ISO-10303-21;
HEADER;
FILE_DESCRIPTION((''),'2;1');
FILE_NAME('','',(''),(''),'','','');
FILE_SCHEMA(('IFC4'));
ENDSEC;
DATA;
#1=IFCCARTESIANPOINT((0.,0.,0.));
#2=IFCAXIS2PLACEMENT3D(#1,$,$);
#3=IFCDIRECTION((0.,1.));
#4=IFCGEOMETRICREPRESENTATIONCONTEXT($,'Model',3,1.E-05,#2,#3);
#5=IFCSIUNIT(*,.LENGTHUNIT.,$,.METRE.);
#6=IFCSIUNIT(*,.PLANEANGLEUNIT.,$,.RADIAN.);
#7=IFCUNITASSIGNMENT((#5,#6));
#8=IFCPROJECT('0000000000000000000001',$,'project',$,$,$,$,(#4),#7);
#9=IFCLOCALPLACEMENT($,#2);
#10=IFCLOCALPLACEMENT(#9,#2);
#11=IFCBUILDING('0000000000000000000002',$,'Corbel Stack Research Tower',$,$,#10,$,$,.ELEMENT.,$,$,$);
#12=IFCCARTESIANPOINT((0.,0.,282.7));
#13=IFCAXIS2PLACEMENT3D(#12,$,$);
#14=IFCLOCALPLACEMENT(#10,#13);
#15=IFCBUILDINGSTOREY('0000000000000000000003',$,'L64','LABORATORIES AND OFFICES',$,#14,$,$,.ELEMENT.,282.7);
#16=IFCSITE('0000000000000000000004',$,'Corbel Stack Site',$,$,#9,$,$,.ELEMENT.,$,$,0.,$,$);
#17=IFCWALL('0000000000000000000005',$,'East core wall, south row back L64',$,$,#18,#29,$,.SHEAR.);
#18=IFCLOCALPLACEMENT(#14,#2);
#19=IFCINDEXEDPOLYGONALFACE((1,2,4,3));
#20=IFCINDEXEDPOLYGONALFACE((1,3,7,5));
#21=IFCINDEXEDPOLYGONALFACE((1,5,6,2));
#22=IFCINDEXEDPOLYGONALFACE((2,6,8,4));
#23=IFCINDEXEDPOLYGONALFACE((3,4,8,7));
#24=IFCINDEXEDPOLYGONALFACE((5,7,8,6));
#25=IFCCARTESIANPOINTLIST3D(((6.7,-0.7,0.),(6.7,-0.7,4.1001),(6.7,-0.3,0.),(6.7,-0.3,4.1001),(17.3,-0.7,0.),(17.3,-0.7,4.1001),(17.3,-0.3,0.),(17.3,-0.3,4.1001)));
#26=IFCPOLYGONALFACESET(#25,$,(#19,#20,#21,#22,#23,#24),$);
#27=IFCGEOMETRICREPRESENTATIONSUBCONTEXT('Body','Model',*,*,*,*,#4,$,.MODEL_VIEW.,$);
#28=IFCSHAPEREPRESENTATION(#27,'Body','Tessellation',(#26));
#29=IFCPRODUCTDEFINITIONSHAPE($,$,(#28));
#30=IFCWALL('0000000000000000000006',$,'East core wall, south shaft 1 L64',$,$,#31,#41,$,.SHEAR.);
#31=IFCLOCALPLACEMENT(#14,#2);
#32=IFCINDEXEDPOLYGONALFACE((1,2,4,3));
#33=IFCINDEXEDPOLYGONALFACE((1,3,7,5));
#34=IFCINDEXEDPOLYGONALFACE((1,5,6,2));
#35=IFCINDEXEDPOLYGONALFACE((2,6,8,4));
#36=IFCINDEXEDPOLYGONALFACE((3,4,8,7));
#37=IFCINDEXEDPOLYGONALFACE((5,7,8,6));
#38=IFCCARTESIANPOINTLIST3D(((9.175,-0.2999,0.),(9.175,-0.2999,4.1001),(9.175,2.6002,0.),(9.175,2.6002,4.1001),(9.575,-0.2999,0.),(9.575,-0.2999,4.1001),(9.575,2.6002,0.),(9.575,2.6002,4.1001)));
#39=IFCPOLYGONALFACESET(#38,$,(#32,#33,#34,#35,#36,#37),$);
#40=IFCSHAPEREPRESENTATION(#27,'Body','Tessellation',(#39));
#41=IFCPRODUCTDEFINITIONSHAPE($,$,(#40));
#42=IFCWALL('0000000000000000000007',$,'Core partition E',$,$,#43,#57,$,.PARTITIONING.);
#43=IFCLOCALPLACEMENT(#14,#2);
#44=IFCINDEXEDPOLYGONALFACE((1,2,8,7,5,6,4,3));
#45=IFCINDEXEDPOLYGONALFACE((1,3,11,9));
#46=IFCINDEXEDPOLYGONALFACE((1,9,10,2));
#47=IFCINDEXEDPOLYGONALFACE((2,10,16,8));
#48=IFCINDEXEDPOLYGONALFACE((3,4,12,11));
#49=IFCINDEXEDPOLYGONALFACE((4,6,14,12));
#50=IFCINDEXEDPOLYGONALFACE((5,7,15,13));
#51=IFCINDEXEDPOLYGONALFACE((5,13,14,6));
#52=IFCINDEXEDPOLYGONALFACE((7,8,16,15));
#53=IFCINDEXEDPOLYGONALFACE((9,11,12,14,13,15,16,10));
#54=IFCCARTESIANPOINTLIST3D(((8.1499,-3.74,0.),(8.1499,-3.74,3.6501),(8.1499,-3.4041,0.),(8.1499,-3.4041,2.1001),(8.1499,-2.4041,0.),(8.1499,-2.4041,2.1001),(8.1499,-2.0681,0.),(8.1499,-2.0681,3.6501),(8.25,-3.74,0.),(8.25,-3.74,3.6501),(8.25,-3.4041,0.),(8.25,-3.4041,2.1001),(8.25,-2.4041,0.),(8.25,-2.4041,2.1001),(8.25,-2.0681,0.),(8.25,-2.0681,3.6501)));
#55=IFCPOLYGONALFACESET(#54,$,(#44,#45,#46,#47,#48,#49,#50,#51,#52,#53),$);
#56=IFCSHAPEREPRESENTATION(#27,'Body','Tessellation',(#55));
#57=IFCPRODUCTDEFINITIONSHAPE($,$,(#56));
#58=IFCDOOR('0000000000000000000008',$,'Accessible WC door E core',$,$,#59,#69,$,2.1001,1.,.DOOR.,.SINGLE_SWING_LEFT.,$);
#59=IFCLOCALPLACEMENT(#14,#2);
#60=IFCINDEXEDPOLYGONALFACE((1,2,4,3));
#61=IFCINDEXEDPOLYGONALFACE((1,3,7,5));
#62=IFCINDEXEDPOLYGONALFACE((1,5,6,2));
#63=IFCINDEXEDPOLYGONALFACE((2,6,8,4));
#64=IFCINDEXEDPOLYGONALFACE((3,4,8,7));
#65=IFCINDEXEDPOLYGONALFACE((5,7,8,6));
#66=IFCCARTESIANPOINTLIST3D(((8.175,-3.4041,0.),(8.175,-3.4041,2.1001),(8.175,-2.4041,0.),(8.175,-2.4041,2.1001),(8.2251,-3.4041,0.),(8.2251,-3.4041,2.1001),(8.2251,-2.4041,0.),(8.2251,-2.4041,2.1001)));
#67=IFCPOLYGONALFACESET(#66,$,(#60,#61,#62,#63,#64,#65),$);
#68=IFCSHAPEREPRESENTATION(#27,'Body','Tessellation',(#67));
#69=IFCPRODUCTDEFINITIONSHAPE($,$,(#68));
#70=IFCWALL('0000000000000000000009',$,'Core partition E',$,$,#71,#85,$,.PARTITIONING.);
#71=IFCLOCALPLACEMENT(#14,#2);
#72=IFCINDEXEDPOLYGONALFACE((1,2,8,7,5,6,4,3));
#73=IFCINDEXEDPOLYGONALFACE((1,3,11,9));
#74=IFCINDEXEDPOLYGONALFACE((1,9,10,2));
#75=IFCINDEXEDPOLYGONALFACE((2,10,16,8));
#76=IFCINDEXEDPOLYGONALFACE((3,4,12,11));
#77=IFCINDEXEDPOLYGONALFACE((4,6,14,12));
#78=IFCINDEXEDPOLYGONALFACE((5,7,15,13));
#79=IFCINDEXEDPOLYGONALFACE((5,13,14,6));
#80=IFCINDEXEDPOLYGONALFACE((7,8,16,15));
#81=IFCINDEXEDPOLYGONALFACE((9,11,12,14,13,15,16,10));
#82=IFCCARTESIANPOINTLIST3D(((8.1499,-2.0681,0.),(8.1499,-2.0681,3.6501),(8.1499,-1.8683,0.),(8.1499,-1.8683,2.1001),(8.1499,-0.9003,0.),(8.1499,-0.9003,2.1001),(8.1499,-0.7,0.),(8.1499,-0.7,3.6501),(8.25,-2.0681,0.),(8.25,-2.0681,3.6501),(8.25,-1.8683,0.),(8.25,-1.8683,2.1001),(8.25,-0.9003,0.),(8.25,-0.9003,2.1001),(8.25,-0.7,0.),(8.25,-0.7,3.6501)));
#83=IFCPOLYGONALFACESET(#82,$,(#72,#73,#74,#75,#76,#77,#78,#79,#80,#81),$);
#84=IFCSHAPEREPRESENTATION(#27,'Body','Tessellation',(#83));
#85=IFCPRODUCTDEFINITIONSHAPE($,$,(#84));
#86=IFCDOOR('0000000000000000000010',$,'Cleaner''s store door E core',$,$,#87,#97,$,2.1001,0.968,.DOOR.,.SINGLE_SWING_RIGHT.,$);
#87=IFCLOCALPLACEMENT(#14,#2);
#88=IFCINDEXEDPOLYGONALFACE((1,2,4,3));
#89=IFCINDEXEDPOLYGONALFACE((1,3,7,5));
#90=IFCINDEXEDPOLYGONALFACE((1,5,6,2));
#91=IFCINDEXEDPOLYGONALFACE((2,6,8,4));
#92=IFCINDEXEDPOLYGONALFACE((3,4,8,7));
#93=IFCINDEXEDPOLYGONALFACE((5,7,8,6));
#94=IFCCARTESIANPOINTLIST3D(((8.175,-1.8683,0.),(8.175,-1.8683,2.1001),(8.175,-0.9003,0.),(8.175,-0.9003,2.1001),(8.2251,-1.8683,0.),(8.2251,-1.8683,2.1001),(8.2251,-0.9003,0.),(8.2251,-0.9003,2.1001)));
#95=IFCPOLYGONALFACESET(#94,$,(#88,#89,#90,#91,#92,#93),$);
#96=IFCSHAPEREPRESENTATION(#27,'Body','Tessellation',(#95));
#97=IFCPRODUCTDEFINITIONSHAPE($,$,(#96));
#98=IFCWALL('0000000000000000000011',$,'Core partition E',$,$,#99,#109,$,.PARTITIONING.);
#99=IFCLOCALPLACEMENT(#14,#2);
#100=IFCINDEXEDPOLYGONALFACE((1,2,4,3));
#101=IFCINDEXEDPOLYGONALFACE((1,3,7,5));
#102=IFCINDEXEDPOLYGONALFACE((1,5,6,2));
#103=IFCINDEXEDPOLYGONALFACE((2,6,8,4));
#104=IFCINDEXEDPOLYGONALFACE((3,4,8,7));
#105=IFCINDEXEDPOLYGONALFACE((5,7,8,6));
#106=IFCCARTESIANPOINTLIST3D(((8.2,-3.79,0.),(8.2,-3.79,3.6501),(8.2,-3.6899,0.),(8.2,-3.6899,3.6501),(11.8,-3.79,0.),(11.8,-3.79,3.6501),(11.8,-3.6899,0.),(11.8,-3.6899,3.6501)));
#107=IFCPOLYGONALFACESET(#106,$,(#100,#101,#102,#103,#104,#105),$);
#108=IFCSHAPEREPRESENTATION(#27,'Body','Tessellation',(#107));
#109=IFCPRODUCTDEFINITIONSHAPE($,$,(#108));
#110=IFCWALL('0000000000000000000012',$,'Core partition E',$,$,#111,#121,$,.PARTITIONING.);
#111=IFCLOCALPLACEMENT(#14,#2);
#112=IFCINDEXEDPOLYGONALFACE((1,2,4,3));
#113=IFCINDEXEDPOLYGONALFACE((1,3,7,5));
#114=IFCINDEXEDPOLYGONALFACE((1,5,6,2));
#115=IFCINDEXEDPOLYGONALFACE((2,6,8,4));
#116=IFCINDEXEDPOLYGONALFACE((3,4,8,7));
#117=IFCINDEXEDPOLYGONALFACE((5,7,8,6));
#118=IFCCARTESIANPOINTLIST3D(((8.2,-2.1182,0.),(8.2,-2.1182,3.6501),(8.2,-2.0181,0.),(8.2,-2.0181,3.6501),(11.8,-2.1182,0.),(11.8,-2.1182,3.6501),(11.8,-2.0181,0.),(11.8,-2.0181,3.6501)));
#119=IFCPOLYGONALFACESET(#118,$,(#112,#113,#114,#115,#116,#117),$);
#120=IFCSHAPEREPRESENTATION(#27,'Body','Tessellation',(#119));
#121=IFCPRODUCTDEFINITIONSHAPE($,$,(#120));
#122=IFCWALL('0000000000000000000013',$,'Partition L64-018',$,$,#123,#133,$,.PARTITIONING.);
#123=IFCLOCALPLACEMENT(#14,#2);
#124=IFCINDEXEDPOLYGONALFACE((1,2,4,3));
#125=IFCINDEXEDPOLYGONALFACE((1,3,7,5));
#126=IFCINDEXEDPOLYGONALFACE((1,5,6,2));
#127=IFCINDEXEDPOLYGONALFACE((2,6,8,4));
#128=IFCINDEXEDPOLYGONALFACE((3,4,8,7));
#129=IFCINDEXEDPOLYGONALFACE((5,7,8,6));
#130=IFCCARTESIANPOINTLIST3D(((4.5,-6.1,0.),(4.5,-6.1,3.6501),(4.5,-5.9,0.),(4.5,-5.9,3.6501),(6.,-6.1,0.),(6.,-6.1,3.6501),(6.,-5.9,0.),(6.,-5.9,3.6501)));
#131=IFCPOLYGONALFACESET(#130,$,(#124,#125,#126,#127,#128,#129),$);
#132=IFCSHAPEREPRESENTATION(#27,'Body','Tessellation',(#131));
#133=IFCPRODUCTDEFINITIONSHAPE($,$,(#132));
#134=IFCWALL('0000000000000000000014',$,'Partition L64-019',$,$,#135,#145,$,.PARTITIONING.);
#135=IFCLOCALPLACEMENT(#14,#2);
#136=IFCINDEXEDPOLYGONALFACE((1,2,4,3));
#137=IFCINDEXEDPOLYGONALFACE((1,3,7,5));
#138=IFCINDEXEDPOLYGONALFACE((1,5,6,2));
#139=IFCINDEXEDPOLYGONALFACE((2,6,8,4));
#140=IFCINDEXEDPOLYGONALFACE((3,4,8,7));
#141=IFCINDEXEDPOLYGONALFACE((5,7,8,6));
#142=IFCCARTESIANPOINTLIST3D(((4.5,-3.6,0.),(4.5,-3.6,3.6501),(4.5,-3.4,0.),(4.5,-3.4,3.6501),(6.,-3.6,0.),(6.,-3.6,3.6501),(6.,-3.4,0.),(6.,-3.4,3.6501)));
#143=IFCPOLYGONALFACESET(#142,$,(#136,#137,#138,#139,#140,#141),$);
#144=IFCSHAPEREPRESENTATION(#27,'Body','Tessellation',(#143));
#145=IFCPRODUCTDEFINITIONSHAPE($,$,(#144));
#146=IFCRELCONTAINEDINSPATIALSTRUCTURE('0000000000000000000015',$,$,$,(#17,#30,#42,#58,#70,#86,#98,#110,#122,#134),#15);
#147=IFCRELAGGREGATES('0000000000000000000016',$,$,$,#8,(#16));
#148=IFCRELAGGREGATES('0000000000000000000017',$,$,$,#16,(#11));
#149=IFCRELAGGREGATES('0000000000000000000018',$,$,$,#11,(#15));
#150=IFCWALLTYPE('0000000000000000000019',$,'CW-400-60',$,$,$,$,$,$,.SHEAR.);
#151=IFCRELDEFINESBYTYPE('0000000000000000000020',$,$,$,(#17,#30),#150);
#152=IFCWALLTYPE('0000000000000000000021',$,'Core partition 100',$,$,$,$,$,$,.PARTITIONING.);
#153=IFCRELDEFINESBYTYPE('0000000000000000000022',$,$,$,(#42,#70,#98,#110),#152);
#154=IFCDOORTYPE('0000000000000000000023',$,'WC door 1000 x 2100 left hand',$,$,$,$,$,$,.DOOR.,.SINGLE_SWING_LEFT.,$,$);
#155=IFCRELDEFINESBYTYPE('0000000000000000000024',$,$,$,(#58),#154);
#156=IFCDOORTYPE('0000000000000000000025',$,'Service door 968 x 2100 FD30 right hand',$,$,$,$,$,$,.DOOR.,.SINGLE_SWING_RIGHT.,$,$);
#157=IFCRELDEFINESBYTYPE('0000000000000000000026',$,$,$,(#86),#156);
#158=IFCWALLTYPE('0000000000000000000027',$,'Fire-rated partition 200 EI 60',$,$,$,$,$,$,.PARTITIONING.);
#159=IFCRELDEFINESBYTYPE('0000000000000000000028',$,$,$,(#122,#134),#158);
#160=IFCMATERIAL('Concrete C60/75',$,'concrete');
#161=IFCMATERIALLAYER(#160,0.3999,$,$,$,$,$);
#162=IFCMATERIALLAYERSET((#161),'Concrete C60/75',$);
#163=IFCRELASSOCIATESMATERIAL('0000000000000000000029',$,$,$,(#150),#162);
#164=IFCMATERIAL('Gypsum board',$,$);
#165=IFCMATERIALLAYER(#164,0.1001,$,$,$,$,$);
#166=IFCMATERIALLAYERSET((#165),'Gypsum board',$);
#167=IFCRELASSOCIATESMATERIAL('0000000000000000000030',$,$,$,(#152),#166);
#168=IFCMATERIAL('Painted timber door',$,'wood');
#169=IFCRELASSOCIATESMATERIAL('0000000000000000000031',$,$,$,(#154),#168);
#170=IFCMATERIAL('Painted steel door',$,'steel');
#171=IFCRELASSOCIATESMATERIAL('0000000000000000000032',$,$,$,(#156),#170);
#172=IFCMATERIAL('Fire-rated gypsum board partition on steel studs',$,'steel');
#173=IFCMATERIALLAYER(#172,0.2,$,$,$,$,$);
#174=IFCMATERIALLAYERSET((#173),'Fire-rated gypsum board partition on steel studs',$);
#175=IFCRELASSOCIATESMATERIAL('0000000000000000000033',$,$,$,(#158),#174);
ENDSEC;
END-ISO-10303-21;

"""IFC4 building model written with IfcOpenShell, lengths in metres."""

from ifc_helpers import new_model, si_unit, direction, frame, frame_2d, origin, place, context, subcontext, project, spatial, rectangle, extrude, material, layer, layer_set, type_object, element, fill, save


model = new_model("IFC4")

# Units and contexts
model_context = context("Model", 3, precision=1e-05, world=origin(), true_north=direction((0.0, 1.0)))
body_context = subcontext(model_context, "Body", "Model", "MODEL_VIEW")
ifc_project = project(units=[si_unit("LENGTHUNIT", "METRE"), si_unit("PLANEANGLEUNIT", "RADIAN")], contexts=[model_context])

# Site, building, storey
site_placement = place(None, origin())
site = spatial("IfcSite", under=ifc_project, at=site_placement, Name="Corbel Stack Site", CompositionType="ELEMENT", RefElevation=0.0)
building_placement = place(site_placement, origin())
building = spatial("IfcBuilding", under=site, at=building_placement, Name="Corbel Stack Research Tower", CompositionType="ELEMENT")
storey_placement = place(building_placement, frame((0.0, 0.0, 282.7)))
storey = spatial("IfcBuildingStorey", under=building, at=storey_placement, Name="L64", Description="LABORATORIES AND OFFICES", CompositionType="ELEMENT", Elevation=282.7)

# Walls
ifc_material_1 = material(Name="Concrete C60/75", Category="concrete")
ifc_layer_1 = layer(ifc_material_1, 0.3999)
ifc_layer_set_1 = layer_set([ifc_layer_1], Name="Concrete C60/75")
wall_type_1 = type_object("IfcWallType", Name="CW-400-60", PredefinedType="SHEAR", material=ifc_layer_set_1)
wall_1_placement = place(storey_placement, frame((6.7, -0.5, 0.0), z_axis=(0.0, 0.0, 1.0), x_axis=(1.0, 0.0, 0.0)))
element("IfcWall", 1, at=wall_1_placement, inside=storey, type_object=wall_type_1, Name="East core wall, south row back L64", PredefinedType="SHEAR", context=body_context, shape_type="SweptSolid", body=[
    extrude(rectangle(XDim=10.6001, YDim=0.3999, at=frame_2d((5.3, 0.0))), origin(), (0.0, 0.0, 1.0), 4.1001),
])
wall_2_placement = place(storey_placement, frame((9.375, -0.3, 0.0), z_axis=(0.0, 0.0, 1.0), x_axis=(0.0, 1.0, 0.0)))
element("IfcWall", 2, at=wall_2_placement, inside=storey, type_object=wall_type_1, Name="East core wall, south shaft 1 L64", PredefinedType="SHEAR", context=body_context, shape_type="SweptSolid", body=[
    extrude(rectangle(XDim=2.9001, YDim=0.3999, at=frame_2d((1.4502, 0.0))), origin(), (0.0, 0.0, 1.0), 4.1001),
])

# Walls, openings, doors
ifc_material_2 = material(Name="Gypsum board")
ifc_layer_2 = layer(ifc_material_2, 0.1001)
ifc_layer_set_2 = layer_set([ifc_layer_2], Name="Gypsum board")
wall_type_2 = type_object("IfcWallType", Name="Core partition 100", PredefinedType="PARTITIONING", material=ifc_layer_set_2)
wall_3_placement = place(storey_placement, frame((8.2, -3.74, 0.0), z_axis=(0.0, 0.0, 1.0), x_axis=(0.0, 1.0, 0.0)))
wall_3 = element("IfcWall", 3, at=wall_3_placement, inside=storey, type_object=wall_type_2, Name="Core partition E", PredefinedType="PARTITIONING", context=body_context, shape_type="SweptSolid", body=[
    extrude(rectangle(XDim=1.6719, YDim=0.1001, at=frame_2d((0.8359, 0.0))), origin(), (0.0, 0.0, 1.0), 3.6501),
])
opening_1_placement = place(wall_3_placement, frame((0.3359, 0.0, 0.0)))
opening_1 = element("IfcOpeningElement", 4, at=opening_1_placement, cuts=wall_3, PredefinedType="OPENING", context=body_context, shape_type="SweptSolid", body=[
    extrude(rectangle(XDim=1.0, YDim=2.1001, at=frame_2d((0.5, 1.05))), frame((0.0, 0.0601, 0.0), z_axis=(0.0, -1.0, 0.0), x_axis=(1.0, 0.0, 0.0)), (0.0, 0.0, 1.0), 0.1201),
])
ifc_material_3 = material(Name="Painted timber door", Category="wood")
door_type_1 = type_object("IfcDoorType", Name="WC door 1000 x 2100 left hand", OperationType="SINGLE_SWING_LEFT", PredefinedType="DOOR", material=ifc_material_3)
door_1_placement = place(opening_1_placement, origin())
door_1 = element("IfcDoor", 5, at=door_1_placement, inside=storey, type_object=door_type_1, Name="Accessible WC door E core", OperationType="SINGLE_SWING_LEFT", OverallHeight=2.1001, OverallWidth=1.0, PredefinedType="DOOR", context=body_context, shape_type="SweptSolid", body=[
    extrude(rectangle(XDim=1.0, YDim=2.1001, at=frame_2d((0.5, 1.05))), frame((0.0, 0.0249, 0.0), z_axis=(0.0, -1.0, 0.0), x_axis=(1.0, 0.0, 0.0)), (0.0, 0.0, 1.0), 0.05),
])
fill(opening_1, door_1)
wall_4_placement = place(storey_placement, frame((8.2, -2.0681, 0.0), z_axis=(0.0, 0.0, 1.0), x_axis=(0.0, 1.0, 0.0)))
wall_4 = element("IfcWall", 6, at=wall_4_placement, inside=storey, type_object=wall_type_2, Name="Core partition E", PredefinedType="PARTITIONING", context=body_context, shape_type="SweptSolid", body=[
    extrude(rectangle(XDim=1.3682, YDim=0.1001, at=frame_2d((0.6841, 0.0))), origin(), (0.0, 0.0, 1.0), 3.6501),
])
opening_2_placement = place(wall_4_placement, frame((0.2, 0.0, 0.0)))
opening_2 = element("IfcOpeningElement", 7, at=opening_2_placement, cuts=wall_4, PredefinedType="OPENING", context=body_context, shape_type="SweptSolid", body=[
    extrude(rectangle(XDim=0.968, YDim=2.1001, at=frame_2d((0.4839, 1.05))), frame((0.0, 0.0601, 0.0), z_axis=(0.0, -1.0, 0.0), x_axis=(1.0, 0.0, 0.0)), (0.0, 0.0, 1.0), 0.1201),
])
ifc_material_4 = material(Name="Painted steel door", Category="steel")
door_type_2 = type_object("IfcDoorType", Name="Service door 968 x 2100 FD30 right hand", OperationType="SINGLE_SWING_RIGHT", PredefinedType="DOOR", material=ifc_material_4)
door_2_placement = place(opening_2_placement, origin())
door_2 = element("IfcDoor", 8, at=door_2_placement, inside=storey, type_object=door_type_2, Name="Cleaner's store door E core", OperationType="SINGLE_SWING_RIGHT", OverallHeight=2.1001, OverallWidth=0.968, PredefinedType="DOOR", context=body_context, shape_type="SweptSolid", body=[
    extrude(rectangle(XDim=0.968, YDim=2.1001, at=frame_2d((0.4839, 1.05))), frame((0.0, 0.0249, 0.0), z_axis=(0.0, -1.0, 0.0), x_axis=(1.0, 0.0, 0.0)), (0.0, 0.0, 1.0), 0.05),
])
fill(opening_2, door_2)

# Walls
for number, where, z_axis, x_axis, name in (
    (9, (8.2, -3.74, 0.0), (0.0, 0.0, 1.0), (1.0, 0.0, 0.0), "Core partition E"),
    (10, (8.2, -2.0681, 0.0), (0.0, 0.0, 1.0), (1.0, 0.0, 0.0), "Core partition E"),
):
    element("IfcWall", number, at=place(storey_placement, frame(where, z_axis=z_axis, x_axis=x_axis)), inside=storey, type_object=wall_type_2, Name=name, PredefinedType="PARTITIONING", context=body_context, shape_type="SweptSolid", body=[
        extrude(rectangle(XDim=3.6001, YDim=0.1001, at=frame_2d((1.8, 0.0))), origin(), (0.0, 0.0, 1.0), 3.6501),
    ])
ifc_material_5 = material(Name="Fire-rated gypsum board partition on steel studs", Category="steel")
ifc_layer_3 = layer(ifc_material_5, 0.2)
ifc_layer_set_3 = layer_set([ifc_layer_3], Name="Fire-rated gypsum board partition on steel studs")
wall_type_3 = type_object("IfcWallType", Name="Fire-rated partition 200 EI 60", PredefinedType="PARTITIONING", material=ifc_layer_set_3)
for number, where, z_axis, x_axis, name in (
    (11, (4.5, -6.0, 0.0), (0.0, 0.0, 1.0), (1.0, 0.0, 0.0), "Partition L64-018"),
    (12, (4.5, -3.5, 0.0), (0.0, 0.0, 1.0), (1.0, 0.0, 0.0), "Partition L64-019"),
):
    element("IfcWall", number, at=place(storey_placement, frame(where, z_axis=z_axis, x_axis=x_axis)), inside=storey, type_object=wall_type_3, Name=name, PredefinedType="PARTITIONING", context=body_context, shape_type="SweptSolid", body=[
        extrude(rectangle(XDim=1.5, YDim=0.2, at=frame_2d((0.75, 0.0))), origin(), (0.0, 0.0, 1.0), 3.6501),
    ])

save(model, "model.ifc")
